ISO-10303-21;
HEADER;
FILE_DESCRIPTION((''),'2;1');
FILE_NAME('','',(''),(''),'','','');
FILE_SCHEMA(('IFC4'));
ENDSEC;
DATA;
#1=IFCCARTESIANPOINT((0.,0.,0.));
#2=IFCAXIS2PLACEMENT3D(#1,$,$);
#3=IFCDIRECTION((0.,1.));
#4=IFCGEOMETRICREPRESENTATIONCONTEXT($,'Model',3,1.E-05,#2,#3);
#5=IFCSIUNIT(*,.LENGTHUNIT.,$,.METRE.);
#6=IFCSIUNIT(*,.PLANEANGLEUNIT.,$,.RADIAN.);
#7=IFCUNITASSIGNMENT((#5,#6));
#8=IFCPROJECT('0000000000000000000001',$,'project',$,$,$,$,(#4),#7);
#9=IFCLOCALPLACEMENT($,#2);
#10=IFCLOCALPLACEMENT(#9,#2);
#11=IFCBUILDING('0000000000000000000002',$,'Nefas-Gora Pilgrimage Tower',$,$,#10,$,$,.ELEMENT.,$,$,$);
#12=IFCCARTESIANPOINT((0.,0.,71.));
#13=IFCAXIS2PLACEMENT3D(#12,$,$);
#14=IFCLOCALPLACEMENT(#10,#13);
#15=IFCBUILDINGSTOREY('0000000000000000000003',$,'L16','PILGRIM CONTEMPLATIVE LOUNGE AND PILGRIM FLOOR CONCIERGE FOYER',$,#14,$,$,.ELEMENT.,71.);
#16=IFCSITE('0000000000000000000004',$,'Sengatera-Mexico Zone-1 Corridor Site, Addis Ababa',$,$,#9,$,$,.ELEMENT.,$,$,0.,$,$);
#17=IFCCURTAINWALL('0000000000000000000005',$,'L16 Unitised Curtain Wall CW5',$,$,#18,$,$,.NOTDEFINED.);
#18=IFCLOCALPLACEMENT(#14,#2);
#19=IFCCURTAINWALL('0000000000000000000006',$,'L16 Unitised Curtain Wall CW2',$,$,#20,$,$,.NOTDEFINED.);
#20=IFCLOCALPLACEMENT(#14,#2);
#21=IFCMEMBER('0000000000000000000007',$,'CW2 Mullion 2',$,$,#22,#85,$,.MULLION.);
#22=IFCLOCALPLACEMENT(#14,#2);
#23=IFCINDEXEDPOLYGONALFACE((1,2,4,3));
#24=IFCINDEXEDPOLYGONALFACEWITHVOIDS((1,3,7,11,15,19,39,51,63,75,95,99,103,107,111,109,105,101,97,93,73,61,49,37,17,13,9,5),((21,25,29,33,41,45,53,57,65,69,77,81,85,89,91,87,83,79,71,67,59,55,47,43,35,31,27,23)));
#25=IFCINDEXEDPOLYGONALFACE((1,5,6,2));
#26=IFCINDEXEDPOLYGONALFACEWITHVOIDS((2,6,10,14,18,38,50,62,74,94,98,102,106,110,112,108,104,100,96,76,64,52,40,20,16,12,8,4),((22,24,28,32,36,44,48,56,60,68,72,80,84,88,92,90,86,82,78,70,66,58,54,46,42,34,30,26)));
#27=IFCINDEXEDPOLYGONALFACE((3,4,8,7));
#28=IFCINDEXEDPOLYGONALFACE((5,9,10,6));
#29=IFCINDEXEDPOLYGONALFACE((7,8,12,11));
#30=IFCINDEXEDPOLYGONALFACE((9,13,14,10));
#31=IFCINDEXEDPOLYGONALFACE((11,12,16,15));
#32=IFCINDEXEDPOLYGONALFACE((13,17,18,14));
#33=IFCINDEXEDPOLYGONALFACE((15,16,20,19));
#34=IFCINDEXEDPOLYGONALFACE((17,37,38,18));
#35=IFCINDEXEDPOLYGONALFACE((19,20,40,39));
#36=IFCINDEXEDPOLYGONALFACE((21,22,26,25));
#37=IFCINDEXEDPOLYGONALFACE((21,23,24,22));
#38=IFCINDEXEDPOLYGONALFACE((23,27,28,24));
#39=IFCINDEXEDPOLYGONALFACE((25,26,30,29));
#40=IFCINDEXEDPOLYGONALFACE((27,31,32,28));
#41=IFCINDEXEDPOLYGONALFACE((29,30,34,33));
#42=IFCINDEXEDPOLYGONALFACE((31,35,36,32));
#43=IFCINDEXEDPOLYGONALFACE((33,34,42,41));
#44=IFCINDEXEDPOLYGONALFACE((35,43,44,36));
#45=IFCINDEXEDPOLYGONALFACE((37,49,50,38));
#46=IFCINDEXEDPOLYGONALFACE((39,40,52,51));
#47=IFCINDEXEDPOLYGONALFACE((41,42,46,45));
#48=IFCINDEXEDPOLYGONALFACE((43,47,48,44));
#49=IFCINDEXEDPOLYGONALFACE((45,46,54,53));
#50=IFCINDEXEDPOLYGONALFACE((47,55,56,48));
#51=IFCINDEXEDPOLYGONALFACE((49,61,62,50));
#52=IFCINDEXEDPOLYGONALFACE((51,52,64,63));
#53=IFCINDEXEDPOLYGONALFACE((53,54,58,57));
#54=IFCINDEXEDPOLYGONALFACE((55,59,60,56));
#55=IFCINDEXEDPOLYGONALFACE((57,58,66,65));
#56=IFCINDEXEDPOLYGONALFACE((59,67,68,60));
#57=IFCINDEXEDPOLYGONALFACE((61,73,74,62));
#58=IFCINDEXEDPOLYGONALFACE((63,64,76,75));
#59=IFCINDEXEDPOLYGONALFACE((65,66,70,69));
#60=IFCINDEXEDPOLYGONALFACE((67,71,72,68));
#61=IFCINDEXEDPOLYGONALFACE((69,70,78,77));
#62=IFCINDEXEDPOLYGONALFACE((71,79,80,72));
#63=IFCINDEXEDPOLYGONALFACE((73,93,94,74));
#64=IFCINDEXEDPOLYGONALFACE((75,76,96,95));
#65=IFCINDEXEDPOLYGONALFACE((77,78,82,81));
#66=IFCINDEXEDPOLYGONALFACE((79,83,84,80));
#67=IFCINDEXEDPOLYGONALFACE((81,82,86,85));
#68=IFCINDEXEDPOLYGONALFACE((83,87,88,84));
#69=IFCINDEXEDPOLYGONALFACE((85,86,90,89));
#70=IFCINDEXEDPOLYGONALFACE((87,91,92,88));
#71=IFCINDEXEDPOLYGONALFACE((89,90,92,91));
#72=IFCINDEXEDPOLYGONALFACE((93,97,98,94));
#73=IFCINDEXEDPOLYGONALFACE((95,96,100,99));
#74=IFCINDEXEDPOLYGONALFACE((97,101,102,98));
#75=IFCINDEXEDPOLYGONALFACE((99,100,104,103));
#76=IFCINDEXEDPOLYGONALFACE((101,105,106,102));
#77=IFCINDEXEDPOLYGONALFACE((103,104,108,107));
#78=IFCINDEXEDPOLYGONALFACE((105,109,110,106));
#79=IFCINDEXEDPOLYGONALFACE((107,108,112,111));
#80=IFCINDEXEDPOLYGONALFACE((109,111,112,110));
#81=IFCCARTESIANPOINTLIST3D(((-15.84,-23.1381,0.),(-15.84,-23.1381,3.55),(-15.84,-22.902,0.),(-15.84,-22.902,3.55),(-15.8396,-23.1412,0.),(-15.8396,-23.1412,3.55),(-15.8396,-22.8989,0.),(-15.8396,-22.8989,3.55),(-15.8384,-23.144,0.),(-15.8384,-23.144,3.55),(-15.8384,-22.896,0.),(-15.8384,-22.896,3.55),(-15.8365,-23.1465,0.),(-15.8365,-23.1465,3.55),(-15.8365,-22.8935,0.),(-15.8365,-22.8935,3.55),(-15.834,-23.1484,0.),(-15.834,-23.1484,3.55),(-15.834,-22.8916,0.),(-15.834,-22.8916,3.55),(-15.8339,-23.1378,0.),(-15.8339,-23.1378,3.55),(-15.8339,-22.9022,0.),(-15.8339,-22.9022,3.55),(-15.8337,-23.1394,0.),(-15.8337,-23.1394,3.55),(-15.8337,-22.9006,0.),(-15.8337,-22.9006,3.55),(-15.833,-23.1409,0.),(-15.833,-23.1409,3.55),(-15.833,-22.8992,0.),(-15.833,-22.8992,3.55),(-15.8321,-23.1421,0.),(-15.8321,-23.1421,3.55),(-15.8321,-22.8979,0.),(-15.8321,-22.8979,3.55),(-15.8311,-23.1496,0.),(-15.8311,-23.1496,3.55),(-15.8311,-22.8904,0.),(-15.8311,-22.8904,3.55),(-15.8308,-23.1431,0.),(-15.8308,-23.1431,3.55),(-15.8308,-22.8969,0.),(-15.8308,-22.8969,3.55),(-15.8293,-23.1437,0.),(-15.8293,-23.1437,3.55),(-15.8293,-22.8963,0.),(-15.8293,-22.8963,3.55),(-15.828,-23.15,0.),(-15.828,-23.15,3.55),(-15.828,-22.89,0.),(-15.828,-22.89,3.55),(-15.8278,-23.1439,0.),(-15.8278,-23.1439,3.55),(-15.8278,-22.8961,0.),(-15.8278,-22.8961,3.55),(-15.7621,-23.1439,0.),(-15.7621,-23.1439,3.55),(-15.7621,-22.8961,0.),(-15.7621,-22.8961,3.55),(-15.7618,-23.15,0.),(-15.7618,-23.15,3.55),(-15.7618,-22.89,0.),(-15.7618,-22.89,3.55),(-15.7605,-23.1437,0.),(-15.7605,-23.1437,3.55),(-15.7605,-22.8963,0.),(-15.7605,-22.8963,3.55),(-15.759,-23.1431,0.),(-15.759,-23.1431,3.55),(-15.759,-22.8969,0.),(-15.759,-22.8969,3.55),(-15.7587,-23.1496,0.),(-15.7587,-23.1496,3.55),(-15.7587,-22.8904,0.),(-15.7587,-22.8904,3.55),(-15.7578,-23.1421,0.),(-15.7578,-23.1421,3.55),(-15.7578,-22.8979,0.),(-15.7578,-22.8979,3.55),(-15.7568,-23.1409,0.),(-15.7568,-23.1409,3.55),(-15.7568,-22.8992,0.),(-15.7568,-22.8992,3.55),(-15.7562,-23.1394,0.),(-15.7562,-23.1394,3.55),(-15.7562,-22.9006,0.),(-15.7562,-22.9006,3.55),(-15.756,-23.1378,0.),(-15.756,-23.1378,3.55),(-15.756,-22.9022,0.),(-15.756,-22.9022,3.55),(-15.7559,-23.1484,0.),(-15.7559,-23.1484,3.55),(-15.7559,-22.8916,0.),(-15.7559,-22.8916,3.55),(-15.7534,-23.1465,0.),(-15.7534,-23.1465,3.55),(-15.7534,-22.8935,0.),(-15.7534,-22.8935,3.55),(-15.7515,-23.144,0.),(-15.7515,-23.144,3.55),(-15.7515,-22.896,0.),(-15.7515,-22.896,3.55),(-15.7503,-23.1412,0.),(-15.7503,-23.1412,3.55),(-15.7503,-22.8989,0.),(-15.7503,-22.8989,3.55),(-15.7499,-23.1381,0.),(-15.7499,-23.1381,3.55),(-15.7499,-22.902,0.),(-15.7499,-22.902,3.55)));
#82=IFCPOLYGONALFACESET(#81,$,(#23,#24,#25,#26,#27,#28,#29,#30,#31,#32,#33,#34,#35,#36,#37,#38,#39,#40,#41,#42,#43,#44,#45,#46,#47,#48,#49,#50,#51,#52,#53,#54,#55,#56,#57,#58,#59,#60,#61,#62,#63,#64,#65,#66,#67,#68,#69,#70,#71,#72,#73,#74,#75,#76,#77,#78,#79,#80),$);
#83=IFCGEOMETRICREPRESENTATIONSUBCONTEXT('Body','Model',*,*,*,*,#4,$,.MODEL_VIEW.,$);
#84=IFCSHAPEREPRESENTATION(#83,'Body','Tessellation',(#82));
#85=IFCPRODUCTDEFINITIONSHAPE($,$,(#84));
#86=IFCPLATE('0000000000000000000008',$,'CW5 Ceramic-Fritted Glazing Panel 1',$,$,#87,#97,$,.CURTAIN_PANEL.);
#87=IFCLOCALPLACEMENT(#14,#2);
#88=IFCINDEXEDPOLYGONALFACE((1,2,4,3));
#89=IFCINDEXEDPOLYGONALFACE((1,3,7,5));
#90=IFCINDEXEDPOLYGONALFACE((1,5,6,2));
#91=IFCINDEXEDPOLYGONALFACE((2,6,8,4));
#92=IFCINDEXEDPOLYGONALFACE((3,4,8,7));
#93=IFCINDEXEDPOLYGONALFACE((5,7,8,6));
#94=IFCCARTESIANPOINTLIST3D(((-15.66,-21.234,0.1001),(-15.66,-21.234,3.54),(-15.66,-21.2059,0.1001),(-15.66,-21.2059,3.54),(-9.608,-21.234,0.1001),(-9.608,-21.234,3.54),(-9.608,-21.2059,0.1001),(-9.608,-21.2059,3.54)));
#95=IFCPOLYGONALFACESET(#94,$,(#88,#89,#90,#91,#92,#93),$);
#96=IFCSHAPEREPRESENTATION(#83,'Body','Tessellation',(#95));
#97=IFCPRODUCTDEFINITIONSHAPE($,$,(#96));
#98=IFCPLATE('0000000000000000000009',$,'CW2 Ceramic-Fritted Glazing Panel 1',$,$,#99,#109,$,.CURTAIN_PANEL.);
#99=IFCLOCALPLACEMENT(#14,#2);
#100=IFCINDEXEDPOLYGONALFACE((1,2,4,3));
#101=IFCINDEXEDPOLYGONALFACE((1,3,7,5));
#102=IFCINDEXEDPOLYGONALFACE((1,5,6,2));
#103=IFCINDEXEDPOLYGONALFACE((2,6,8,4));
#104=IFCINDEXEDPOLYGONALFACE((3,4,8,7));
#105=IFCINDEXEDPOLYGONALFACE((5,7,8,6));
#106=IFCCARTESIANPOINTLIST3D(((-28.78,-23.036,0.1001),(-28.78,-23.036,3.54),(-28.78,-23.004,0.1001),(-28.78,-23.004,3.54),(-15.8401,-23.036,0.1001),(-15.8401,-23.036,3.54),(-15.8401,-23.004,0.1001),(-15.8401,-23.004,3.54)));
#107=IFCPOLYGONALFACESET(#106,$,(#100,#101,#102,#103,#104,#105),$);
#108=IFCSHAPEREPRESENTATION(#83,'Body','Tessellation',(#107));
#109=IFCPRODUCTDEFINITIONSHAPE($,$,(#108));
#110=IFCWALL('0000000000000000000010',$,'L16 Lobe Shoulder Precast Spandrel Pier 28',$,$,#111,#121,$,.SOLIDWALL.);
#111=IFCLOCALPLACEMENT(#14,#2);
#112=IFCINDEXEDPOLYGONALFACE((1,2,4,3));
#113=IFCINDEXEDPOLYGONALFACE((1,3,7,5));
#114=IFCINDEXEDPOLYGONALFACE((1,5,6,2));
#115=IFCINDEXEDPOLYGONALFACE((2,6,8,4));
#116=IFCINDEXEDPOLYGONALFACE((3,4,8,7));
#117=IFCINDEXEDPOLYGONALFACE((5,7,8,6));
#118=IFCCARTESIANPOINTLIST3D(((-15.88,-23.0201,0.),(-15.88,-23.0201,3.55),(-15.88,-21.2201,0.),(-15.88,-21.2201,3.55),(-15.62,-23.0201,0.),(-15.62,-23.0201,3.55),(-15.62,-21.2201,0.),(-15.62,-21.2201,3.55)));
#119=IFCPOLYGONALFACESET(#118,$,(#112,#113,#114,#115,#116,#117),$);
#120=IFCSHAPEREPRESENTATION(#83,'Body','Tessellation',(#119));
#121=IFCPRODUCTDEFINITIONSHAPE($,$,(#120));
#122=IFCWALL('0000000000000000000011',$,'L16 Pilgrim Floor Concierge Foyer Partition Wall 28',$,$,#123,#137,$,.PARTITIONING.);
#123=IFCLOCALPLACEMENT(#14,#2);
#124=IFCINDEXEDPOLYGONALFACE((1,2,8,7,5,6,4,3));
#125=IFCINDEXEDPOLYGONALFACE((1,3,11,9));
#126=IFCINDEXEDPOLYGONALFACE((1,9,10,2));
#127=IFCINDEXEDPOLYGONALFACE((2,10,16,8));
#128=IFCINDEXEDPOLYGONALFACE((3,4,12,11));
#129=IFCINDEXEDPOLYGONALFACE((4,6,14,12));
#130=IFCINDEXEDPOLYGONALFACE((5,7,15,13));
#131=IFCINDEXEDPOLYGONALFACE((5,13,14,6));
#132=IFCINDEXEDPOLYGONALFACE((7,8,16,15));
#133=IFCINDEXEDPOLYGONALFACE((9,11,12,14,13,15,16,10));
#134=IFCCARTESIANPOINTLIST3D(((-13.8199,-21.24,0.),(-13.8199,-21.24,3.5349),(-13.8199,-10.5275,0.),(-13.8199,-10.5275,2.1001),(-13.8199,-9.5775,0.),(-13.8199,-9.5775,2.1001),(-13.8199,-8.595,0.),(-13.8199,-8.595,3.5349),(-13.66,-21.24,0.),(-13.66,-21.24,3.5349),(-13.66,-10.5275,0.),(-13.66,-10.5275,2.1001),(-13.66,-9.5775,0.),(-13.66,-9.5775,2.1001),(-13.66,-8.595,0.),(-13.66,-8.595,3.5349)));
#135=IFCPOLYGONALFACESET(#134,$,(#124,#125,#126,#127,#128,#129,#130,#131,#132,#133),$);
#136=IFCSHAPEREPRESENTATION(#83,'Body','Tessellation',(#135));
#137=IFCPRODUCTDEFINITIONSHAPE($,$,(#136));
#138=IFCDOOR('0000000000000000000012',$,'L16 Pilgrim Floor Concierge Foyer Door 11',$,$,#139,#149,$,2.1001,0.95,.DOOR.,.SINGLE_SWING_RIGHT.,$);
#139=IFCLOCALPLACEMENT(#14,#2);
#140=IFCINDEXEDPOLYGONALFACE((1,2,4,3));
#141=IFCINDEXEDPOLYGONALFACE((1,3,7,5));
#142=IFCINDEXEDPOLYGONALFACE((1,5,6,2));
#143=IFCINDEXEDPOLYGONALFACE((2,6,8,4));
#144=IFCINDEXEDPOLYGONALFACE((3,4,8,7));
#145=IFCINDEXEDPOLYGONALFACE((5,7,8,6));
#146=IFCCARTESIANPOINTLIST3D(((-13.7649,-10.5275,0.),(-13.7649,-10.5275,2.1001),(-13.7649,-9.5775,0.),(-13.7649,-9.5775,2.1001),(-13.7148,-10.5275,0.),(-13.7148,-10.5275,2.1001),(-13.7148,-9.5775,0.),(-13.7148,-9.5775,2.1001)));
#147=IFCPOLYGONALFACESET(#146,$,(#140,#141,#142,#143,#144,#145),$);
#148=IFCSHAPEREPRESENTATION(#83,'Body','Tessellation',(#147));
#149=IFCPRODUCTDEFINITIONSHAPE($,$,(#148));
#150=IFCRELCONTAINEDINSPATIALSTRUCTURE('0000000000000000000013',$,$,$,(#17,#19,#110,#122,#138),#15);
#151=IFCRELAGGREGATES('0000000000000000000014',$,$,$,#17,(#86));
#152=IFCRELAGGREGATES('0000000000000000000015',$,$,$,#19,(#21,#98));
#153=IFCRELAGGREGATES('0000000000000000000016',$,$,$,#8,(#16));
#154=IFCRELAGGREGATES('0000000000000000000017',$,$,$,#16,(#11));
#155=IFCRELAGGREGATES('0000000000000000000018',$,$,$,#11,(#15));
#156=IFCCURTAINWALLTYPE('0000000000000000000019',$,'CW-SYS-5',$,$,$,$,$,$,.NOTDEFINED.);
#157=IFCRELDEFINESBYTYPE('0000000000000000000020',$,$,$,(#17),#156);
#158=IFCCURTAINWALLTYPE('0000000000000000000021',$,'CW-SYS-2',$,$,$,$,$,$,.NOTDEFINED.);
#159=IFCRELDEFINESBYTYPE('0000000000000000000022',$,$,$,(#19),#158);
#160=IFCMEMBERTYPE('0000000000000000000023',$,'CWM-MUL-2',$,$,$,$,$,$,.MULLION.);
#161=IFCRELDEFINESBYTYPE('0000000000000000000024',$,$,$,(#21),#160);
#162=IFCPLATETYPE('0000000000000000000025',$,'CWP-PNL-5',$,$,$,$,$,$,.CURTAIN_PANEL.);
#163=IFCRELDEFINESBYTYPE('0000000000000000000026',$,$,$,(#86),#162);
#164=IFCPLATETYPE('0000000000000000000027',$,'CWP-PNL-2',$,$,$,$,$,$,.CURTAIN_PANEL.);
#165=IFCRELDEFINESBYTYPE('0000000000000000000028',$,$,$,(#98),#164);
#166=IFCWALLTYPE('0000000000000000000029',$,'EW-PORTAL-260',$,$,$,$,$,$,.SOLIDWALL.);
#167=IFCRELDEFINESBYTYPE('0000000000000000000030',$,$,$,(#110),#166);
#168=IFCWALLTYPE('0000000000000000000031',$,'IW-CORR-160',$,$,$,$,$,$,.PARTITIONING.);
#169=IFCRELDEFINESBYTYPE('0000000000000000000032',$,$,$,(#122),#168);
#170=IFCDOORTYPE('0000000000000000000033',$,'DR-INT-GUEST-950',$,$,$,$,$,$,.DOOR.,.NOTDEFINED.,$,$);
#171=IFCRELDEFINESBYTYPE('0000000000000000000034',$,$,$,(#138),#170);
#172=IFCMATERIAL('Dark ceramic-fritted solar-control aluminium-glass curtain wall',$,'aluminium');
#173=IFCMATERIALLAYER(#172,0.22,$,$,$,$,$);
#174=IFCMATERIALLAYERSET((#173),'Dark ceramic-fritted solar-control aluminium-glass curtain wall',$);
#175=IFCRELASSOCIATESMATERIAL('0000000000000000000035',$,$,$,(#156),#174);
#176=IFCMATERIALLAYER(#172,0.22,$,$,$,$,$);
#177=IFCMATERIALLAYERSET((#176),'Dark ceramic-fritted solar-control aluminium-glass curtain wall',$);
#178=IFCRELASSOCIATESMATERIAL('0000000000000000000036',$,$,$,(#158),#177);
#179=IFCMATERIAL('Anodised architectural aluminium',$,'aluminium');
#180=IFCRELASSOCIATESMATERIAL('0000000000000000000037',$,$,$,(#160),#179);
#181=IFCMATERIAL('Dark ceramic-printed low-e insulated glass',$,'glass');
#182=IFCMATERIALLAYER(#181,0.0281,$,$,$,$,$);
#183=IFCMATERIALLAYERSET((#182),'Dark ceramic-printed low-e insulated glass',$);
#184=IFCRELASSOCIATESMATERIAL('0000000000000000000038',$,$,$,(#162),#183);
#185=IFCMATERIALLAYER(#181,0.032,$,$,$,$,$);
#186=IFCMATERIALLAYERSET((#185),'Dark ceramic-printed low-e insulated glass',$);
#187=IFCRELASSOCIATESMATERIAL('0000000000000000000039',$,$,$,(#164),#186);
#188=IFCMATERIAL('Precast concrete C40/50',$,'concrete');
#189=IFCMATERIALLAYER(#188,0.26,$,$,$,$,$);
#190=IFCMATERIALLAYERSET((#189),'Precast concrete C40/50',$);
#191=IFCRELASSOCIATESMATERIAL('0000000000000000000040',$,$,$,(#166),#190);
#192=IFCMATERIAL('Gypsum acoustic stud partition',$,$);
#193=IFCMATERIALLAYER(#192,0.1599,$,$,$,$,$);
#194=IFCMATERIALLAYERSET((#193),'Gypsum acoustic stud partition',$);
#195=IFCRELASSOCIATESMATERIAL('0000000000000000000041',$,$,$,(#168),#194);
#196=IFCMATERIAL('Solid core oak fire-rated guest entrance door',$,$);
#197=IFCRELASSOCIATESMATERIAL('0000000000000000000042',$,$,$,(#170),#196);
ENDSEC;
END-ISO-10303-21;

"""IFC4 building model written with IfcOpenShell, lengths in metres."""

from ifc_helpers import new_model, si_unit, direction, frame, frame_2d, origin, origin_2d, place, context, subcontext, project, spatial, rectangle, hollow_rectangle, extrude, source, transform, mapped, material, layer, layer_set, material_profile, profile_set, type_object, element, fill, aggregate, save


model = new_model("IFC4")

# Units and contexts
model_context = context("Model", 3, precision=1e-05, world=origin(), true_north=direction((0.0, 1.0)))
body_context = subcontext(model_context, "Body", "Model", "MODEL_VIEW")
ifc_project = project(units=[si_unit("LENGTHUNIT", "METRE"), si_unit("PLANEANGLEUNIT", "RADIAN")], contexts=[model_context])

# Site, building, storey
site_placement = place(None, origin())
site = spatial("IfcSite", under=ifc_project, at=site_placement, Name="Sengatera-Mexico Zone-1 Corridor Site, Addis Ababa", CompositionType="ELEMENT", RefElevation=0.0)
building_placement = place(site_placement, origin())
building = spatial("IfcBuilding", under=site, at=building_placement, Name="Nefas-Gora Pilgrimage Tower", CompositionType="ELEMENT")
storey_placement = place(building_placement, frame((0.0, 0.0, 71.0)))
storey = spatial("IfcBuildingStorey", under=building, at=storey_placement, Name="L16", Description="PILGRIM CONTEMPLATIVE LOUNGE AND PILGRIM FLOOR CONCIERGE FOYER", CompositionType="ELEMENT", Elevation=71.0)

# Curtain wall
ifc_material_1 = material(Name="Dark ceramic-fritted solar-control aluminium-glass curtain wall", Category="aluminium")
ifc_layer_1 = layer(ifc_material_1, 0.22)
ifc_layer_set_1 = layer_set([ifc_layer_1], Name="Dark ceramic-fritted solar-control aluminium-glass curtain wall")
curtain_wall_type_1 = type_object("IfcCurtainWallType", Name="CW-SYS-5", PredefinedType="NOTDEFINED", material=ifc_layer_set_1)
curtain_wall_1_placement = place(storey_placement, origin())
curtain_wall_1 = element("IfcCurtainWall", 1, at=curtain_wall_1_placement, inside=storey, type_object=curtain_wall_type_1, Name="L16 Unitised Curtain Wall CW5", PredefinedType="NOTDEFINED")
ifc_material_2 = material(Name="Anodised architectural aluminium", Category="aluminium")

# Curtain wall, member
ifc_layer_2 = layer(ifc_material_1, 0.22)
ifc_layer_set_2 = layer_set([ifc_layer_2], Name="Dark ceramic-fritted solar-control aluminium-glass curtain wall")
curtain_wall_type_2 = type_object("IfcCurtainWallType", Name="CW-SYS-2", PredefinedType="NOTDEFINED", material=ifc_layer_set_2)
curtain_wall_2_placement = place(storey_placement, origin())
curtain_wall_2 = element("IfcCurtainWall", 2, at=curtain_wall_2_placement, inside=storey, type_object=curtain_wall_type_2, Name="L16 Unitised Curtain Wall CW2", PredefinedType="NOTDEFINED")
ifc_material_profile_1 = material_profile(ifc_material_2, hollow_rectangle(XDim=0.0901, YDim=0.26, WallThickness=0.0061, InnerFilletRadius=0.0061, OuterFilletRadius=0.012, at=origin_2d()), Name="ALU MULLION 90x260")
ifc_profile_set_1 = profile_set([ifc_material_profile_1], Name="Anodised architectural aluminium")
member_type_1 = type_object("IfcMemberType", Name="CWM-MUL-2", PredefinedType="MULLION", material=ifc_profile_set_1)
shared_shape_1 = source(origin(), body_context, "Body", "SweptSolid", [
    extrude(hollow_rectangle(XDim=0.0901, YDim=0.26, WallThickness=0.0061, InnerFilletRadius=0.0061, OuterFilletRadius=0.012, at=origin_2d()), origin(), (0.0, 0.0, 1.0), 3.55),
])
member_1_placement = place(storey_placement, frame((-15.7949, -23.02, 0.0), z_axis=(0.0, 0.0, 1.0), x_axis=(1.0, 0.0, 0.0)))
member_1 = element("IfcMember", 3, at=member_1_placement, type_object=member_type_1, Name="CW2 Mullion 2", PredefinedType="MULLION", context=body_context, shape_type="MappedRepresentation", body=[
    mapped(shared_shape_1, transform((0.0, 0.0, 0.0), x_axis=(1.0, 0.0, 0.0), y_axis=(0.0, 1.0, 0.0), z_axis=(0.0, 0.0, 1.0), scale=1.0)),
])

# Plates
ifc_material_3 = material(Name="Dark ceramic-printed low-e insulated glass", Category="glass")
ifc_layer_3 = layer(ifc_material_3, 0.0281)
ifc_layer_set_3 = layer_set([ifc_layer_3], Name="Dark ceramic-printed low-e insulated glass")
plate_type_1 = type_object("IfcPlateType", Name="CWP-PNL-5", PredefinedType="CURTAIN_PANEL", material=ifc_layer_set_3)
shared_shape_2 = source(origin(), body_context, "Body", "SweptSolid", [
    extrude(rectangle(XDim=6.052, YDim=0.0281, at=origin_2d()), origin(), (0.0, 0.0, 1.0), 3.4399),
])
plate_1_placement = place(storey_placement, frame((-12.634, -21.22, 0.1001), z_axis=(0.0, 0.0, 1.0), x_axis=(1.0, 0.0, 0.0)))
plate_1 = element("IfcPlate", 4, at=plate_1_placement, type_object=plate_type_1, Name="CW5 Ceramic-Fritted Glazing Panel 1", PredefinedType="CURTAIN_PANEL", context=body_context, shape_type="MappedRepresentation", body=[
    mapped(shared_shape_2, transform((0.0, 0.0, 0.0), x_axis=(1.0, 0.0, 0.0), y_axis=(0.0, 1.0, 0.0), z_axis=(0.0, 0.0, 1.0), scale=1.0)),
])
aggregate(curtain_wall_1, [plate_1])
ifc_layer_4 = layer(ifc_material_3, 0.032)
ifc_layer_set_4 = layer_set([ifc_layer_4], Name="Dark ceramic-printed low-e insulated glass")
plate_type_2 = type_object("IfcPlateType", Name="CWP-PNL-2", PredefinedType="CURTAIN_PANEL", material=ifc_layer_set_4)
shared_shape_3 = source(origin(), body_context, "Body", "SweptSolid", [
    extrude(rectangle(XDim=12.9399, YDim=0.032, at=origin_2d()), origin(), (0.0, 0.0, 1.0), 3.4399),
])
plate_2_placement = place(storey_placement, frame((-22.3101, -23.02, 0.1001), z_axis=(0.0, 0.0, 1.0), x_axis=(1.0, 0.0, 0.0)))
plate_2 = element("IfcPlate", 5, at=plate_2_placement, type_object=plate_type_2, Name="CW2 Ceramic-Fritted Glazing Panel 1", PredefinedType="CURTAIN_PANEL", context=body_context, shape_type="MappedRepresentation", body=[
    mapped(shared_shape_3, transform((0.0, 0.0, 0.0), x_axis=(1.0, 0.0, 0.0), y_axis=(0.0, 1.0, 0.0), z_axis=(0.0, 0.0, 1.0), scale=1.0)),
])
aggregate(curtain_wall_2, [member_1, plate_2])

# Wall
ifc_material_4 = material(Name="Precast concrete C40/50", Category="concrete")
ifc_layer_5 = layer(ifc_material_4, 0.26)
ifc_layer_set_5 = layer_set([ifc_layer_5], Name="Precast concrete C40/50")
wall_type_1 = type_object("IfcWallType", Name="EW-PORTAL-260", PredefinedType="SOLIDWALL", material=ifc_layer_set_5)
shared_shape_4 = source(origin(), body_context, "Body", "SweptSolid", [
    extrude(rectangle(XDim=1.8, YDim=0.26, at=frame_2d((0.8999, 0.0))), origin(), (0.0, 0.0, 1.0), 3.55),
])
wall_1_placement = place(storey_placement, frame((-15.75, -23.02, 0.0), z_axis=(0.0, 0.0, 1.0), x_axis=(0.0, 1.0, 0.0)))
element("IfcWall", 6, at=wall_1_placement, inside=storey, type_object=wall_type_1, Name="L16 Lobe Shoulder Precast Spandrel Pier 28", PredefinedType="SOLIDWALL", context=body_context, shape_type="MappedRepresentation", body=[
    mapped(shared_shape_4, transform((0.0, 0.0, 0.0), x_axis=(1.0, 0.0, 0.0), y_axis=(0.0, 1.0, 0.0), z_axis=(0.0, 0.0, 1.0), scale=1.0)),
])

# Wall, opening, door
ifc_material_5 = material(Name="Gypsum acoustic stud partition")
ifc_layer_6 = layer(ifc_material_5, 0.1599)
ifc_layer_set_6 = layer_set([ifc_layer_6], Name="Gypsum acoustic stud partition")
wall_type_2 = type_object("IfcWallType", Name="IW-CORR-160", PredefinedType="PARTITIONING", material=ifc_layer_set_6)
shared_shape_5 = source(origin(), body_context, "Body", "SweptSolid", [
    extrude(rectangle(XDim=12.645, YDim=0.1599, at=frame_2d((6.3225, 0.0))), origin(), (0.0, 0.0, 1.0), 3.5349),
])
wall_2_placement = place(storey_placement, frame((-13.74, -21.24, 0.0), z_axis=(0.0, 0.0, 1.0), x_axis=(0.0, 1.0, 0.0)))
wall_2 = element("IfcWall", 7, at=wall_2_placement, inside=storey, type_object=wall_type_2, Name="L16 Pilgrim Floor Concierge Foyer Partition Wall 28", PredefinedType="PARTITIONING", context=body_context, shape_type="MappedRepresentation", body=[
    mapped(shared_shape_5, transform((0.0, 0.0, 0.0), x_axis=(1.0, 0.0, 0.0), y_axis=(0.0, 1.0, 0.0), z_axis=(0.0, 0.0, 1.0), scale=1.0)),
])
opening_1_placement = place(wall_2_placement, frame((10.7124, 0.0, 0.0)))
opening_1 = element("IfcOpeningElement", 8, at=opening_1_placement, cuts=wall_2, PredefinedType="OPENING", context=body_context, shape_type="SweptSolid", body=[
    extrude(rectangle(XDim=0.95, YDim=2.1001, at=frame_2d((0.4751, 1.05))), frame((0.0, 0.0898, 0.0), z_axis=(0.0, -1.0, 0.0), x_axis=(1.0, 0.0, 0.0)), (0.0, 0.0, 1.0), 0.1799),
])
ifc_material_6 = material(Name="Solid core oak fire-rated guest entrance door")
door_type = type_object("IfcDoorType", Name="DR-INT-GUEST-950", OperationType="NOTDEFINED", PredefinedType="DOOR", material=ifc_material_6)
shared_shape_6 = source(origin(), body_context, "Body", "SweptSolid", [
    extrude(rectangle(XDim=0.95, YDim=2.1001, at=frame_2d((0.4751, 1.05))), frame((0.0, 0.0249, 0.0), z_axis=(0.0, -1.0, 0.0), x_axis=(1.0, 0.0, 0.0)), (0.0, 0.0, 1.0), 0.05),
])
door_1_placement = place(opening_1_placement, origin())
door_1 = element("IfcDoor", 9, at=door_1_placement, inside=storey, type_object=door_type, Name="L16 Pilgrim Floor Concierge Foyer Door 11", OperationType="SINGLE_SWING_RIGHT", OverallHeight=2.1001, OverallWidth=0.95, PredefinedType="DOOR", context=body_context, shape_type="MappedRepresentation", body=[
    mapped(shared_shape_6, transform((0.0, 0.0, 0.0), x_axis=(1.0, 0.0, 0.0), y_axis=(0.0, 1.0, 0.0), z_axis=(0.0, 0.0, 1.0), scale=1.0)),
])
fill(opening_1, door_1)

save(model, "model.ifc")
